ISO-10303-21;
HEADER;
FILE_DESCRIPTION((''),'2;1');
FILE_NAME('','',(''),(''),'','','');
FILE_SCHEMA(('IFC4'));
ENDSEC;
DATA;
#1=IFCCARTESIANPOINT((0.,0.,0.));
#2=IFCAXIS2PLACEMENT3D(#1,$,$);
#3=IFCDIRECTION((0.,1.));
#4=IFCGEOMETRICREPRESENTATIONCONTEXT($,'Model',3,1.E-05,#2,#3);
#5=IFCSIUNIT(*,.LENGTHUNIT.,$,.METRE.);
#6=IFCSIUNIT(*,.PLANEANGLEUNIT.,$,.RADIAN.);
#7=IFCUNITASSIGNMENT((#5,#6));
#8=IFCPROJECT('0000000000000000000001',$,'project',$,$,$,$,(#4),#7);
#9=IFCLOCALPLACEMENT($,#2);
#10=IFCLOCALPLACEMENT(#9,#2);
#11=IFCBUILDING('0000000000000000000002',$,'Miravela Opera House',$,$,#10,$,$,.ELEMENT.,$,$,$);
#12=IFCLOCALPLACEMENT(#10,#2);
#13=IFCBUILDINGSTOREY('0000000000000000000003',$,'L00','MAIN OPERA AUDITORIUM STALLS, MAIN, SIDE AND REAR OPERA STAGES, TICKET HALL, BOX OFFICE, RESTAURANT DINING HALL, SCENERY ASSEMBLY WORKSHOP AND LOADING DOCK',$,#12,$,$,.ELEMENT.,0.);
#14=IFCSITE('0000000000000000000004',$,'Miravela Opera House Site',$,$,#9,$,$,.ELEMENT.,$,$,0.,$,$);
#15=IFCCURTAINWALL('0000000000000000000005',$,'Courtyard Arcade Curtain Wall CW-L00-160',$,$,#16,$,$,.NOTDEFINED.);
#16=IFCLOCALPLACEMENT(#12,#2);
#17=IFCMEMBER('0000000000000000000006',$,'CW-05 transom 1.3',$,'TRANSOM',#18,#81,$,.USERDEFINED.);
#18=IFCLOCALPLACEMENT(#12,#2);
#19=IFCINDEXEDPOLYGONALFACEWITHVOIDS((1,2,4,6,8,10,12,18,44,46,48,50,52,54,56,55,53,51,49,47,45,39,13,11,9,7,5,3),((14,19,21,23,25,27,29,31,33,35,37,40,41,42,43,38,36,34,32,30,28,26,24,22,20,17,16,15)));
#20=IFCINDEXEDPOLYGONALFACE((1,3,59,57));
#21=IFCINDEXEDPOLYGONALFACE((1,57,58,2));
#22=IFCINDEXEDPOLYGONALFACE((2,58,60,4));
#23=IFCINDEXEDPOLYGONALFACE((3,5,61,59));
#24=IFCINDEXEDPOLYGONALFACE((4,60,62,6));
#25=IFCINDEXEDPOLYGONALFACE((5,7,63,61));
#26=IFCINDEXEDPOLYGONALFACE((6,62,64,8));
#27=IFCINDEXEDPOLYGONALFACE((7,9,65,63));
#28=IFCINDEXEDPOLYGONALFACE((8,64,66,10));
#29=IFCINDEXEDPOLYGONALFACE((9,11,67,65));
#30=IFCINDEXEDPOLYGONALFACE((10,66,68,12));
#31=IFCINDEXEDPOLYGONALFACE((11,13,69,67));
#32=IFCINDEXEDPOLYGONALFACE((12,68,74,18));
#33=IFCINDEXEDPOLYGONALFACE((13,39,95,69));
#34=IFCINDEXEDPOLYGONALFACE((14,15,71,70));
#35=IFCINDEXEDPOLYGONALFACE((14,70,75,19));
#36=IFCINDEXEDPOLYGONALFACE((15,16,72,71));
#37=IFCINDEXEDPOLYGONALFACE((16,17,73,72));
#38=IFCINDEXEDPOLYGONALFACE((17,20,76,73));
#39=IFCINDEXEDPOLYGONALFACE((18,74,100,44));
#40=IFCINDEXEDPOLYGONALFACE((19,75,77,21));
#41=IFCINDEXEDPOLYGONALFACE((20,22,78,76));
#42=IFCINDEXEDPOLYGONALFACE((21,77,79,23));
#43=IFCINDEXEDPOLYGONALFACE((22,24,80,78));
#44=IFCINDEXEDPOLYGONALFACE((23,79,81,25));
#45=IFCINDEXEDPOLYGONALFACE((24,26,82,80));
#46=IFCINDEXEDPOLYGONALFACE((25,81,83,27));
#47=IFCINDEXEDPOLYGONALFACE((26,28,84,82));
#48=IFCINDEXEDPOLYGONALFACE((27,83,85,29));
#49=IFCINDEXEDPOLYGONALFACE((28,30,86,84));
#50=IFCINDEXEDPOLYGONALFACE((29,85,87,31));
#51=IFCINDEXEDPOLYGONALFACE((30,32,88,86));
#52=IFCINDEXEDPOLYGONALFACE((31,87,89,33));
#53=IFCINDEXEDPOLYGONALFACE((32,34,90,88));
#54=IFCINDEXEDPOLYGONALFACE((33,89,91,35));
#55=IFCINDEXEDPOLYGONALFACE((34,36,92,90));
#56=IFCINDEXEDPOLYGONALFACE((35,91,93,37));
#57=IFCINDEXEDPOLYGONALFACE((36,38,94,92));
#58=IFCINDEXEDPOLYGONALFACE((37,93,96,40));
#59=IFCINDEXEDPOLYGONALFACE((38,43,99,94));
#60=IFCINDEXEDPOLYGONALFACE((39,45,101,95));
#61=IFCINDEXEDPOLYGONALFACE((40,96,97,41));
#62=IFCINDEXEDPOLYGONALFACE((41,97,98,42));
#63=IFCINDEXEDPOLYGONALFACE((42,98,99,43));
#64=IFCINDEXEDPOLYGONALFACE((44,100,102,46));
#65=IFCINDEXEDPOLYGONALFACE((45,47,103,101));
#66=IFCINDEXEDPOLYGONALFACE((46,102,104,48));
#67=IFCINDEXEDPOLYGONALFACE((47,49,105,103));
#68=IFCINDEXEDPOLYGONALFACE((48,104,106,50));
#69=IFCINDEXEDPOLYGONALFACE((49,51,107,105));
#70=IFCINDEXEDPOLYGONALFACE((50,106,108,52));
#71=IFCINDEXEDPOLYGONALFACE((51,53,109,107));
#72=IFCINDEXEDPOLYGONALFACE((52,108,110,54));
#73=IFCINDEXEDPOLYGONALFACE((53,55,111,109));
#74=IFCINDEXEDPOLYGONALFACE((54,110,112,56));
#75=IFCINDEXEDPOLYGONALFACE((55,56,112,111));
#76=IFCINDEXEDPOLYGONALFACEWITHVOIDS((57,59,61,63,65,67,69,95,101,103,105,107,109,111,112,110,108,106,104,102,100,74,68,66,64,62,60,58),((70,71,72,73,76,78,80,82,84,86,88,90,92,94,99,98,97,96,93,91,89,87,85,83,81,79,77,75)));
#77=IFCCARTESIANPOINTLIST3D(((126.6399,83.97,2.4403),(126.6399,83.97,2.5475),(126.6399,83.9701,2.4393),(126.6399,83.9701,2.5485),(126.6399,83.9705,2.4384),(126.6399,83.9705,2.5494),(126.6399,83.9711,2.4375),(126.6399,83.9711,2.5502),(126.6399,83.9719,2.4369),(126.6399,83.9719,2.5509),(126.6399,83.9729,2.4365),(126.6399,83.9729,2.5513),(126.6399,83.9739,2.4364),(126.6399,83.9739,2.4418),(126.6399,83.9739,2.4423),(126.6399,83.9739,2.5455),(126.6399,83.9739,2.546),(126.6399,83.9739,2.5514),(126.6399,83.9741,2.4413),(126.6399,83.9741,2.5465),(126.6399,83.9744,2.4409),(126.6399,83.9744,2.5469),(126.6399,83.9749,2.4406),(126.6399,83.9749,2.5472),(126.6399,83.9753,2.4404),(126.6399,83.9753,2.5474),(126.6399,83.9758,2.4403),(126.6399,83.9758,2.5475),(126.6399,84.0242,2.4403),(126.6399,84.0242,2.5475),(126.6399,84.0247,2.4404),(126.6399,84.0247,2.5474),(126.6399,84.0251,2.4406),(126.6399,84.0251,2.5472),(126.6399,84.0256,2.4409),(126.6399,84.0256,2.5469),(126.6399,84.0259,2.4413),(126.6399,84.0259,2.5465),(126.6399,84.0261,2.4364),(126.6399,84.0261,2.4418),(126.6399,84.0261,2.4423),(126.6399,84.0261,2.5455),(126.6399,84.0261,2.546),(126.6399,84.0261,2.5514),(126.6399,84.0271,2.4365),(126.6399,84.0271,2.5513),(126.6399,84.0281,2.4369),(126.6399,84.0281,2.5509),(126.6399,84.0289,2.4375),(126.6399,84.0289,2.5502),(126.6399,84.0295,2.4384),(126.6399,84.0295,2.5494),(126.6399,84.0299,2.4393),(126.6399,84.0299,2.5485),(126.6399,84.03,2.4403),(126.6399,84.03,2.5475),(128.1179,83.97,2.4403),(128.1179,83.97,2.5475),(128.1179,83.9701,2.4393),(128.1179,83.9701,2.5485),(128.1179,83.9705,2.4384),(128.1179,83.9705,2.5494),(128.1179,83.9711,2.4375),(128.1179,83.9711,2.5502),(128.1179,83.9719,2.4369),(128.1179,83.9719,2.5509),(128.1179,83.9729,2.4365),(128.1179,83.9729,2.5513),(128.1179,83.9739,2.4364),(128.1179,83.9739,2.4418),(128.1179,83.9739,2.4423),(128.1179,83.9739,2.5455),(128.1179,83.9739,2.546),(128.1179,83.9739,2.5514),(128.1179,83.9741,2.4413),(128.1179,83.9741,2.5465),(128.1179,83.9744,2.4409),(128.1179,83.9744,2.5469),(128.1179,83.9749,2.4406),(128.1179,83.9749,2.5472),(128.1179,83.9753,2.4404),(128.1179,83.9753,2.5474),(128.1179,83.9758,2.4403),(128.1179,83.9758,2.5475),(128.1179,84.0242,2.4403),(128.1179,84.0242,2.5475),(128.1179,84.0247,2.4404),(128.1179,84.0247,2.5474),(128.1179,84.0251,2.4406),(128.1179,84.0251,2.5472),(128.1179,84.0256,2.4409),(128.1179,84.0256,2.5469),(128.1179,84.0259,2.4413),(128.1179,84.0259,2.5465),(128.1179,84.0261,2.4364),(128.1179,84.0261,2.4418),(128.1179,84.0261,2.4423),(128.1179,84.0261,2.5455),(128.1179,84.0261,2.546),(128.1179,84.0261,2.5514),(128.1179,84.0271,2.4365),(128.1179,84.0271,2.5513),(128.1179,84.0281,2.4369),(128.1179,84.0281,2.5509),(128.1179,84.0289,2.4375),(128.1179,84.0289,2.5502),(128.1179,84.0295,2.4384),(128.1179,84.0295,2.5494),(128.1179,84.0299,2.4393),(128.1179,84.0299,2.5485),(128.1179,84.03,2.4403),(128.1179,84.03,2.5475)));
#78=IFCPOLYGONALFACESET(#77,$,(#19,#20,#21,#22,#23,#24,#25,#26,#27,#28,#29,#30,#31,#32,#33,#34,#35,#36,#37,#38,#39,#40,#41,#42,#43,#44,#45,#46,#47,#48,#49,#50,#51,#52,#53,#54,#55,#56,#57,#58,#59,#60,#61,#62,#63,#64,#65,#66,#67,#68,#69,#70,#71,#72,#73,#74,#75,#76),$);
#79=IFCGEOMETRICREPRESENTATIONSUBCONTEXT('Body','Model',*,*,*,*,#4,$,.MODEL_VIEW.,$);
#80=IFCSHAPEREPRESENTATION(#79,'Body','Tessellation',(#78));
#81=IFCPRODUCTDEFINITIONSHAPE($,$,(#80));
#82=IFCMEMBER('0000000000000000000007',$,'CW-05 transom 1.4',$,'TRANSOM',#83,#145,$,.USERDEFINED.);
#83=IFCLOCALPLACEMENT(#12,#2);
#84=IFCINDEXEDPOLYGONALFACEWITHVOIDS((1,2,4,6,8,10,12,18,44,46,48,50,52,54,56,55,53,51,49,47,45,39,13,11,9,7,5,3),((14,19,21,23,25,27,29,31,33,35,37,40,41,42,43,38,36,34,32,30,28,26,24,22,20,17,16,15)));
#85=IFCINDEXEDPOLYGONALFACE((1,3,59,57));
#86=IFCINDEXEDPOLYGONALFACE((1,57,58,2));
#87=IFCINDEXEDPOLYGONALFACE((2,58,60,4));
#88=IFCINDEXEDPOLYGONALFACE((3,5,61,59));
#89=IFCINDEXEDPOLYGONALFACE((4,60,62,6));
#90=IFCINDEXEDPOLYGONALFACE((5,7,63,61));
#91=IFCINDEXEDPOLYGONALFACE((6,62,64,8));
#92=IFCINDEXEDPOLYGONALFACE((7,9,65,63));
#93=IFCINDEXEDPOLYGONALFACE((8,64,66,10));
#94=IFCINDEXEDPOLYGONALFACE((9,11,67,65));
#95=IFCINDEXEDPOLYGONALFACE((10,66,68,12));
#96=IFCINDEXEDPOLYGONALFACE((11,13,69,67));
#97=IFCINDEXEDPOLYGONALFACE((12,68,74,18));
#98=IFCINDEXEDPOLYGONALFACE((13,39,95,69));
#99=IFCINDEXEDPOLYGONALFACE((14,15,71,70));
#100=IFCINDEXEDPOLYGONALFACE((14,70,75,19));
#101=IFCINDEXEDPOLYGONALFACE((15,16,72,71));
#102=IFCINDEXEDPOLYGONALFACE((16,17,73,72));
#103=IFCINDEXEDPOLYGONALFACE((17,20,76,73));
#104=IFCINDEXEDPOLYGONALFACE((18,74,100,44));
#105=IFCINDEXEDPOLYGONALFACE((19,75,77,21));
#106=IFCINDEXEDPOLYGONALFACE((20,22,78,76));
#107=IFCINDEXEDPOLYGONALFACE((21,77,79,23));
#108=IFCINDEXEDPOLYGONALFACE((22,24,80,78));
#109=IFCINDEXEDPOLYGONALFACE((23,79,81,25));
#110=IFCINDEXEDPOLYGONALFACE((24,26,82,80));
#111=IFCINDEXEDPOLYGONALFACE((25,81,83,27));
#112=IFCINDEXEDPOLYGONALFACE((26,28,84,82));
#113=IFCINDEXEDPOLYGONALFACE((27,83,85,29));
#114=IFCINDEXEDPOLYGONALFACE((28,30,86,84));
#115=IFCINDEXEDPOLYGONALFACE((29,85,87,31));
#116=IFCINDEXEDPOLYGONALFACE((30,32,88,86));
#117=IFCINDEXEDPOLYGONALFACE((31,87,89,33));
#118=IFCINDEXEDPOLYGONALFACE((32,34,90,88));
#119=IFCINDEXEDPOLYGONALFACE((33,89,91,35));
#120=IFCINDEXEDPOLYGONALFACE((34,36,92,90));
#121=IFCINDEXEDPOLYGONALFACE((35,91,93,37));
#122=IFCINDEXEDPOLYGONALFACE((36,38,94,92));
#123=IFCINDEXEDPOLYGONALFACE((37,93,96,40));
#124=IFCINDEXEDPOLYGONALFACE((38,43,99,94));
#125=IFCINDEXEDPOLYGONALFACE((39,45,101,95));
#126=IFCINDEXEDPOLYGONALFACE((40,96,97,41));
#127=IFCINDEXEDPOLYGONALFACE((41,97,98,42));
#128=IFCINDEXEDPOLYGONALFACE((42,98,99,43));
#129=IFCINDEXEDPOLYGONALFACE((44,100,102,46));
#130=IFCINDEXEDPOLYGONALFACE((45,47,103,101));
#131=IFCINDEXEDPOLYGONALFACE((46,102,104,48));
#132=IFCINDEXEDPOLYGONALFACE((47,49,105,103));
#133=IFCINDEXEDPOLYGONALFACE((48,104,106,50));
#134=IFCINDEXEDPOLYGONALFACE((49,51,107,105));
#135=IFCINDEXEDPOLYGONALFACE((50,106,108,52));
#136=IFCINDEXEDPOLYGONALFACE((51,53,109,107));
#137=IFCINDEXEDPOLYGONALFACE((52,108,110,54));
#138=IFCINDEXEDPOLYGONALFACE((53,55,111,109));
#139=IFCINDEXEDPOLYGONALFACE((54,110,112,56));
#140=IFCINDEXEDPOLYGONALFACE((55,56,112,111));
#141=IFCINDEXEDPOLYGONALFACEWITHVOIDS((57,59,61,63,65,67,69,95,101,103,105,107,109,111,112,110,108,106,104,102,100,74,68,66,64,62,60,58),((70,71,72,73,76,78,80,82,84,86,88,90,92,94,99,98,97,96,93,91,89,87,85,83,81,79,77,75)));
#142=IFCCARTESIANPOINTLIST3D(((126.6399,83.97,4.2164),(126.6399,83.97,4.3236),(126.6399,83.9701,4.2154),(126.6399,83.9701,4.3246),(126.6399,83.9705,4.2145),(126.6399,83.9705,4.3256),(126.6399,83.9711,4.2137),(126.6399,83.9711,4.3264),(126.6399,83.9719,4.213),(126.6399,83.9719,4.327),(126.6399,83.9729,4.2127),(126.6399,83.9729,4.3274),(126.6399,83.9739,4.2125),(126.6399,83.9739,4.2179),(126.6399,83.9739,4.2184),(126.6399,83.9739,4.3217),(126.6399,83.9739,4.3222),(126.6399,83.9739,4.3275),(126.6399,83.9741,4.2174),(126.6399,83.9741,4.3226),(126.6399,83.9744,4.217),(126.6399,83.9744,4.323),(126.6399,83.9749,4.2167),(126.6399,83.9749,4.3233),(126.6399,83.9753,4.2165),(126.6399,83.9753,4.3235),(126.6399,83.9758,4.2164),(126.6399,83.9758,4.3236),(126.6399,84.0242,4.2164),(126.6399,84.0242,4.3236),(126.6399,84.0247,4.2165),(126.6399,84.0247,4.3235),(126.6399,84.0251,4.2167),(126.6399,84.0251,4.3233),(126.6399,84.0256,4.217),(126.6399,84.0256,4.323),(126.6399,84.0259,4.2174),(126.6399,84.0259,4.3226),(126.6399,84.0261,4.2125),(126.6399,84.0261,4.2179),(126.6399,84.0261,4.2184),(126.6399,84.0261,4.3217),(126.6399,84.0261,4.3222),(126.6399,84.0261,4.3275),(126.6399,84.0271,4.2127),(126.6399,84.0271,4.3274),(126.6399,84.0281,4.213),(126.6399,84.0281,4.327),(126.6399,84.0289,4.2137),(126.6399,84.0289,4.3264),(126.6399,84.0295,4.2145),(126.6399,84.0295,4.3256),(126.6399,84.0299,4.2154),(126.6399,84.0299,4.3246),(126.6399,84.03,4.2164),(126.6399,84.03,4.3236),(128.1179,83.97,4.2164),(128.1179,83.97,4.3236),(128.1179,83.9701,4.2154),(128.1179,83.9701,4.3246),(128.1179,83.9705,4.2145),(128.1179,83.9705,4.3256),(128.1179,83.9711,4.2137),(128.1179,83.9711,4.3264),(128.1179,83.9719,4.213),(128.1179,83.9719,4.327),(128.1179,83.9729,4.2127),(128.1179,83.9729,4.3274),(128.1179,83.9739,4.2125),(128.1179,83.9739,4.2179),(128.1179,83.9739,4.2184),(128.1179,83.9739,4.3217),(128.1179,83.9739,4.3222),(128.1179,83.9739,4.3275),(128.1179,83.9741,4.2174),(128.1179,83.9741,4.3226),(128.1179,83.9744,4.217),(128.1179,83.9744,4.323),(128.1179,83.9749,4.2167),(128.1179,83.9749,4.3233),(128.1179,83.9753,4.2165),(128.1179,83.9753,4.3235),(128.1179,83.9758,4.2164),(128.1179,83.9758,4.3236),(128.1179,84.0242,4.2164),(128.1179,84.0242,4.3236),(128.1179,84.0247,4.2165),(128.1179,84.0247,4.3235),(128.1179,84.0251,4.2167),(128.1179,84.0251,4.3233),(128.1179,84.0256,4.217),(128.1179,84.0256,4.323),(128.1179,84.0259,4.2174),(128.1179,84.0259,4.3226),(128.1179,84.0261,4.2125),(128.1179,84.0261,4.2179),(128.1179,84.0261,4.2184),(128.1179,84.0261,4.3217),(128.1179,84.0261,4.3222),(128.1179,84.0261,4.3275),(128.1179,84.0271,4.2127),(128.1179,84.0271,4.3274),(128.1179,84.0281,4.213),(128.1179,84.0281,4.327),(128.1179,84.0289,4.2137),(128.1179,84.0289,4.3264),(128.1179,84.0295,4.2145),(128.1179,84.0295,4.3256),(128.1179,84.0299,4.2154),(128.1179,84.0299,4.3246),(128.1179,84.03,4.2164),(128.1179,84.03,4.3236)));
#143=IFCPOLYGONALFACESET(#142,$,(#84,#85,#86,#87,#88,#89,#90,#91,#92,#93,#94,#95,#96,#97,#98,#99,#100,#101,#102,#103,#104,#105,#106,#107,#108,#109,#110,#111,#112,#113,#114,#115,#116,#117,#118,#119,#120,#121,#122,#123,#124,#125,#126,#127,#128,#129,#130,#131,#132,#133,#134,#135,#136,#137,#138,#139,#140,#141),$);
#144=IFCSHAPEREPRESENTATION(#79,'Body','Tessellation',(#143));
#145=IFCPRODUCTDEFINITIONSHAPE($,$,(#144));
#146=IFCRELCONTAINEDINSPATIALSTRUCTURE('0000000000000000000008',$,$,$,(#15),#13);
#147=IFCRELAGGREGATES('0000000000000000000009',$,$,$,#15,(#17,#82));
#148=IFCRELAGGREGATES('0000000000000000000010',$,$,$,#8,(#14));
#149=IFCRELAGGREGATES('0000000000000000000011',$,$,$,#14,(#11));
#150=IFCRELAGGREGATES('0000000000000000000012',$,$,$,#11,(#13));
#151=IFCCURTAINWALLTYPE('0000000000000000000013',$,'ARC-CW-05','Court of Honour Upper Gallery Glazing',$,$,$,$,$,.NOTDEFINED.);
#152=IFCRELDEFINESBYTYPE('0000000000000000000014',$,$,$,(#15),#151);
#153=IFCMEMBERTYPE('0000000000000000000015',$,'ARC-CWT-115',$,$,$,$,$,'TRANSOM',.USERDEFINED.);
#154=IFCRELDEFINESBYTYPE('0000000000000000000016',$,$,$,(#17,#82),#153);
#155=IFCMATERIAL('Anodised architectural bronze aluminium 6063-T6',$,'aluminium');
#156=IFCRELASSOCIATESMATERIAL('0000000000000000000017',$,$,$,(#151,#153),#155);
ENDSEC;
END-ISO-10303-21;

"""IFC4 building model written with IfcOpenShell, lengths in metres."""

from ifc_helpers import new_model, si_unit, direction, frame, origin, origin_2d, place, context, subcontext, project, spatial, hollow_rectangle, extrude, material, material_profile, profile_set, type_object, element, aggregate, save


model = new_model("IFC4")

# Units and contexts
model_context = context("Model", 3, precision=1e-05, world=origin(), true_north=direction((0.0, 1.0)))
body_context = subcontext(model_context, "Body", "Model", "MODEL_VIEW")
ifc_project = project(units=[si_unit("LENGTHUNIT", "METRE"), si_unit("PLANEANGLEUNIT", "RADIAN")], contexts=[model_context])

# Site, building, storey
site_placement = place(None, origin())
site = spatial("IfcSite", under=ifc_project, at=site_placement, Name="Miravela Opera House Site", CompositionType="ELEMENT", RefElevation=0.0)
building_placement = place(site_placement, origin())
building = spatial("IfcBuilding", under=site, at=building_placement, Name="Miravela Opera House", CompositionType="ELEMENT")
storey_placement = place(building_placement, origin())
storey = spatial("IfcBuildingStorey", under=building, at=storey_placement, Name="L00", Description="MAIN OPERA AUDITORIUM STALLS, MAIN, SIDE AND REAR OPERA STAGES, TICKET HALL, BOX OFFICE, RESTAURANT DINING HALL, SCENERY ASSEMBLY WORKSHOP AND LOADING DOCK", CompositionType="ELEMENT", Elevation=0.0)

# Shared definitions
ifc_material_1 = material(Name="Anodised architectural bronze aluminium 6063-T6", Category="aluminium")
curtain_wall_type = type_object("IfcCurtainWallType", Name="ARC-CW-05", Description="Court of Honour Upper Gallery Glazing", PredefinedType="NOTDEFINED", material=ifc_material_1)

# Curtain wall, members
curtain_wall_1_placement = place(storey_placement, origin())
curtain_wall_1 = element("IfcCurtainWall", 1, at=curtain_wall_1_placement, inside=storey, type_object=curtain_wall_type, Name="Courtyard Arcade Curtain Wall CW-L00-160", PredefinedType="NOTDEFINED")
ifc_material_profile_1 = material_profile(ifc_material_1, hollow_rectangle(XDim=0.0601, YDim=0.115, WallThickness=0.0039, InnerFilletRadius=0.002, OuterFilletRadius=0.0039, at=origin_2d()), Name="CWT-60X115")
ifc_profile_set_1 = profile_set([ifc_material_profile_1])
member_type_1 = type_object("IfcMemberType", Name="ARC-CWT-115", ElementType="TRANSOM", PredefinedType="USERDEFINED", material=ifc_profile_set_1)
member_1_placement = place(storey_placement, frame((126.6399, 84.0, 2.4939), z_axis=(1.0, 0.0, 0.0), x_axis=(0.0, 1.0, 0.0)))
member_1 = element("IfcMember", 2, at=member_1_placement, type_object=member_type_1, Name="CW-05 transom 1.3", ObjectType="TRANSOM", PredefinedType="USERDEFINED", context=body_context, shape_type="SweptSolid", body=[
    extrude(hollow_rectangle(XDim=0.0601, YDim=0.115, WallThickness=0.0039, InnerFilletRadius=0.002, OuterFilletRadius=0.0039, at=origin_2d()), origin(), (0.0, 0.0, 1.0), 1.478),
])
member_2_placement = place(storey_placement, frame((126.6399, 84.0, 4.27), z_axis=(1.0, 0.0, 0.0), x_axis=(0.0, 1.0, 0.0)))
member_2 = element("IfcMember", 3, at=member_2_placement, type_object=member_type_1, Name="CW-05 transom 1.4", ObjectType="TRANSOM", PredefinedType="USERDEFINED", context=body_context, shape_type="SweptSolid", body=[
    extrude(hollow_rectangle(XDim=0.0601, YDim=0.115, WallThickness=0.0039, InnerFilletRadius=0.002, OuterFilletRadius=0.0039, at=origin_2d()), origin(), (0.0, 0.0, 1.0), 1.478),
])

aggregate(curtain_wall_1, [member_1, member_2])

save(model, "model.ifc")
